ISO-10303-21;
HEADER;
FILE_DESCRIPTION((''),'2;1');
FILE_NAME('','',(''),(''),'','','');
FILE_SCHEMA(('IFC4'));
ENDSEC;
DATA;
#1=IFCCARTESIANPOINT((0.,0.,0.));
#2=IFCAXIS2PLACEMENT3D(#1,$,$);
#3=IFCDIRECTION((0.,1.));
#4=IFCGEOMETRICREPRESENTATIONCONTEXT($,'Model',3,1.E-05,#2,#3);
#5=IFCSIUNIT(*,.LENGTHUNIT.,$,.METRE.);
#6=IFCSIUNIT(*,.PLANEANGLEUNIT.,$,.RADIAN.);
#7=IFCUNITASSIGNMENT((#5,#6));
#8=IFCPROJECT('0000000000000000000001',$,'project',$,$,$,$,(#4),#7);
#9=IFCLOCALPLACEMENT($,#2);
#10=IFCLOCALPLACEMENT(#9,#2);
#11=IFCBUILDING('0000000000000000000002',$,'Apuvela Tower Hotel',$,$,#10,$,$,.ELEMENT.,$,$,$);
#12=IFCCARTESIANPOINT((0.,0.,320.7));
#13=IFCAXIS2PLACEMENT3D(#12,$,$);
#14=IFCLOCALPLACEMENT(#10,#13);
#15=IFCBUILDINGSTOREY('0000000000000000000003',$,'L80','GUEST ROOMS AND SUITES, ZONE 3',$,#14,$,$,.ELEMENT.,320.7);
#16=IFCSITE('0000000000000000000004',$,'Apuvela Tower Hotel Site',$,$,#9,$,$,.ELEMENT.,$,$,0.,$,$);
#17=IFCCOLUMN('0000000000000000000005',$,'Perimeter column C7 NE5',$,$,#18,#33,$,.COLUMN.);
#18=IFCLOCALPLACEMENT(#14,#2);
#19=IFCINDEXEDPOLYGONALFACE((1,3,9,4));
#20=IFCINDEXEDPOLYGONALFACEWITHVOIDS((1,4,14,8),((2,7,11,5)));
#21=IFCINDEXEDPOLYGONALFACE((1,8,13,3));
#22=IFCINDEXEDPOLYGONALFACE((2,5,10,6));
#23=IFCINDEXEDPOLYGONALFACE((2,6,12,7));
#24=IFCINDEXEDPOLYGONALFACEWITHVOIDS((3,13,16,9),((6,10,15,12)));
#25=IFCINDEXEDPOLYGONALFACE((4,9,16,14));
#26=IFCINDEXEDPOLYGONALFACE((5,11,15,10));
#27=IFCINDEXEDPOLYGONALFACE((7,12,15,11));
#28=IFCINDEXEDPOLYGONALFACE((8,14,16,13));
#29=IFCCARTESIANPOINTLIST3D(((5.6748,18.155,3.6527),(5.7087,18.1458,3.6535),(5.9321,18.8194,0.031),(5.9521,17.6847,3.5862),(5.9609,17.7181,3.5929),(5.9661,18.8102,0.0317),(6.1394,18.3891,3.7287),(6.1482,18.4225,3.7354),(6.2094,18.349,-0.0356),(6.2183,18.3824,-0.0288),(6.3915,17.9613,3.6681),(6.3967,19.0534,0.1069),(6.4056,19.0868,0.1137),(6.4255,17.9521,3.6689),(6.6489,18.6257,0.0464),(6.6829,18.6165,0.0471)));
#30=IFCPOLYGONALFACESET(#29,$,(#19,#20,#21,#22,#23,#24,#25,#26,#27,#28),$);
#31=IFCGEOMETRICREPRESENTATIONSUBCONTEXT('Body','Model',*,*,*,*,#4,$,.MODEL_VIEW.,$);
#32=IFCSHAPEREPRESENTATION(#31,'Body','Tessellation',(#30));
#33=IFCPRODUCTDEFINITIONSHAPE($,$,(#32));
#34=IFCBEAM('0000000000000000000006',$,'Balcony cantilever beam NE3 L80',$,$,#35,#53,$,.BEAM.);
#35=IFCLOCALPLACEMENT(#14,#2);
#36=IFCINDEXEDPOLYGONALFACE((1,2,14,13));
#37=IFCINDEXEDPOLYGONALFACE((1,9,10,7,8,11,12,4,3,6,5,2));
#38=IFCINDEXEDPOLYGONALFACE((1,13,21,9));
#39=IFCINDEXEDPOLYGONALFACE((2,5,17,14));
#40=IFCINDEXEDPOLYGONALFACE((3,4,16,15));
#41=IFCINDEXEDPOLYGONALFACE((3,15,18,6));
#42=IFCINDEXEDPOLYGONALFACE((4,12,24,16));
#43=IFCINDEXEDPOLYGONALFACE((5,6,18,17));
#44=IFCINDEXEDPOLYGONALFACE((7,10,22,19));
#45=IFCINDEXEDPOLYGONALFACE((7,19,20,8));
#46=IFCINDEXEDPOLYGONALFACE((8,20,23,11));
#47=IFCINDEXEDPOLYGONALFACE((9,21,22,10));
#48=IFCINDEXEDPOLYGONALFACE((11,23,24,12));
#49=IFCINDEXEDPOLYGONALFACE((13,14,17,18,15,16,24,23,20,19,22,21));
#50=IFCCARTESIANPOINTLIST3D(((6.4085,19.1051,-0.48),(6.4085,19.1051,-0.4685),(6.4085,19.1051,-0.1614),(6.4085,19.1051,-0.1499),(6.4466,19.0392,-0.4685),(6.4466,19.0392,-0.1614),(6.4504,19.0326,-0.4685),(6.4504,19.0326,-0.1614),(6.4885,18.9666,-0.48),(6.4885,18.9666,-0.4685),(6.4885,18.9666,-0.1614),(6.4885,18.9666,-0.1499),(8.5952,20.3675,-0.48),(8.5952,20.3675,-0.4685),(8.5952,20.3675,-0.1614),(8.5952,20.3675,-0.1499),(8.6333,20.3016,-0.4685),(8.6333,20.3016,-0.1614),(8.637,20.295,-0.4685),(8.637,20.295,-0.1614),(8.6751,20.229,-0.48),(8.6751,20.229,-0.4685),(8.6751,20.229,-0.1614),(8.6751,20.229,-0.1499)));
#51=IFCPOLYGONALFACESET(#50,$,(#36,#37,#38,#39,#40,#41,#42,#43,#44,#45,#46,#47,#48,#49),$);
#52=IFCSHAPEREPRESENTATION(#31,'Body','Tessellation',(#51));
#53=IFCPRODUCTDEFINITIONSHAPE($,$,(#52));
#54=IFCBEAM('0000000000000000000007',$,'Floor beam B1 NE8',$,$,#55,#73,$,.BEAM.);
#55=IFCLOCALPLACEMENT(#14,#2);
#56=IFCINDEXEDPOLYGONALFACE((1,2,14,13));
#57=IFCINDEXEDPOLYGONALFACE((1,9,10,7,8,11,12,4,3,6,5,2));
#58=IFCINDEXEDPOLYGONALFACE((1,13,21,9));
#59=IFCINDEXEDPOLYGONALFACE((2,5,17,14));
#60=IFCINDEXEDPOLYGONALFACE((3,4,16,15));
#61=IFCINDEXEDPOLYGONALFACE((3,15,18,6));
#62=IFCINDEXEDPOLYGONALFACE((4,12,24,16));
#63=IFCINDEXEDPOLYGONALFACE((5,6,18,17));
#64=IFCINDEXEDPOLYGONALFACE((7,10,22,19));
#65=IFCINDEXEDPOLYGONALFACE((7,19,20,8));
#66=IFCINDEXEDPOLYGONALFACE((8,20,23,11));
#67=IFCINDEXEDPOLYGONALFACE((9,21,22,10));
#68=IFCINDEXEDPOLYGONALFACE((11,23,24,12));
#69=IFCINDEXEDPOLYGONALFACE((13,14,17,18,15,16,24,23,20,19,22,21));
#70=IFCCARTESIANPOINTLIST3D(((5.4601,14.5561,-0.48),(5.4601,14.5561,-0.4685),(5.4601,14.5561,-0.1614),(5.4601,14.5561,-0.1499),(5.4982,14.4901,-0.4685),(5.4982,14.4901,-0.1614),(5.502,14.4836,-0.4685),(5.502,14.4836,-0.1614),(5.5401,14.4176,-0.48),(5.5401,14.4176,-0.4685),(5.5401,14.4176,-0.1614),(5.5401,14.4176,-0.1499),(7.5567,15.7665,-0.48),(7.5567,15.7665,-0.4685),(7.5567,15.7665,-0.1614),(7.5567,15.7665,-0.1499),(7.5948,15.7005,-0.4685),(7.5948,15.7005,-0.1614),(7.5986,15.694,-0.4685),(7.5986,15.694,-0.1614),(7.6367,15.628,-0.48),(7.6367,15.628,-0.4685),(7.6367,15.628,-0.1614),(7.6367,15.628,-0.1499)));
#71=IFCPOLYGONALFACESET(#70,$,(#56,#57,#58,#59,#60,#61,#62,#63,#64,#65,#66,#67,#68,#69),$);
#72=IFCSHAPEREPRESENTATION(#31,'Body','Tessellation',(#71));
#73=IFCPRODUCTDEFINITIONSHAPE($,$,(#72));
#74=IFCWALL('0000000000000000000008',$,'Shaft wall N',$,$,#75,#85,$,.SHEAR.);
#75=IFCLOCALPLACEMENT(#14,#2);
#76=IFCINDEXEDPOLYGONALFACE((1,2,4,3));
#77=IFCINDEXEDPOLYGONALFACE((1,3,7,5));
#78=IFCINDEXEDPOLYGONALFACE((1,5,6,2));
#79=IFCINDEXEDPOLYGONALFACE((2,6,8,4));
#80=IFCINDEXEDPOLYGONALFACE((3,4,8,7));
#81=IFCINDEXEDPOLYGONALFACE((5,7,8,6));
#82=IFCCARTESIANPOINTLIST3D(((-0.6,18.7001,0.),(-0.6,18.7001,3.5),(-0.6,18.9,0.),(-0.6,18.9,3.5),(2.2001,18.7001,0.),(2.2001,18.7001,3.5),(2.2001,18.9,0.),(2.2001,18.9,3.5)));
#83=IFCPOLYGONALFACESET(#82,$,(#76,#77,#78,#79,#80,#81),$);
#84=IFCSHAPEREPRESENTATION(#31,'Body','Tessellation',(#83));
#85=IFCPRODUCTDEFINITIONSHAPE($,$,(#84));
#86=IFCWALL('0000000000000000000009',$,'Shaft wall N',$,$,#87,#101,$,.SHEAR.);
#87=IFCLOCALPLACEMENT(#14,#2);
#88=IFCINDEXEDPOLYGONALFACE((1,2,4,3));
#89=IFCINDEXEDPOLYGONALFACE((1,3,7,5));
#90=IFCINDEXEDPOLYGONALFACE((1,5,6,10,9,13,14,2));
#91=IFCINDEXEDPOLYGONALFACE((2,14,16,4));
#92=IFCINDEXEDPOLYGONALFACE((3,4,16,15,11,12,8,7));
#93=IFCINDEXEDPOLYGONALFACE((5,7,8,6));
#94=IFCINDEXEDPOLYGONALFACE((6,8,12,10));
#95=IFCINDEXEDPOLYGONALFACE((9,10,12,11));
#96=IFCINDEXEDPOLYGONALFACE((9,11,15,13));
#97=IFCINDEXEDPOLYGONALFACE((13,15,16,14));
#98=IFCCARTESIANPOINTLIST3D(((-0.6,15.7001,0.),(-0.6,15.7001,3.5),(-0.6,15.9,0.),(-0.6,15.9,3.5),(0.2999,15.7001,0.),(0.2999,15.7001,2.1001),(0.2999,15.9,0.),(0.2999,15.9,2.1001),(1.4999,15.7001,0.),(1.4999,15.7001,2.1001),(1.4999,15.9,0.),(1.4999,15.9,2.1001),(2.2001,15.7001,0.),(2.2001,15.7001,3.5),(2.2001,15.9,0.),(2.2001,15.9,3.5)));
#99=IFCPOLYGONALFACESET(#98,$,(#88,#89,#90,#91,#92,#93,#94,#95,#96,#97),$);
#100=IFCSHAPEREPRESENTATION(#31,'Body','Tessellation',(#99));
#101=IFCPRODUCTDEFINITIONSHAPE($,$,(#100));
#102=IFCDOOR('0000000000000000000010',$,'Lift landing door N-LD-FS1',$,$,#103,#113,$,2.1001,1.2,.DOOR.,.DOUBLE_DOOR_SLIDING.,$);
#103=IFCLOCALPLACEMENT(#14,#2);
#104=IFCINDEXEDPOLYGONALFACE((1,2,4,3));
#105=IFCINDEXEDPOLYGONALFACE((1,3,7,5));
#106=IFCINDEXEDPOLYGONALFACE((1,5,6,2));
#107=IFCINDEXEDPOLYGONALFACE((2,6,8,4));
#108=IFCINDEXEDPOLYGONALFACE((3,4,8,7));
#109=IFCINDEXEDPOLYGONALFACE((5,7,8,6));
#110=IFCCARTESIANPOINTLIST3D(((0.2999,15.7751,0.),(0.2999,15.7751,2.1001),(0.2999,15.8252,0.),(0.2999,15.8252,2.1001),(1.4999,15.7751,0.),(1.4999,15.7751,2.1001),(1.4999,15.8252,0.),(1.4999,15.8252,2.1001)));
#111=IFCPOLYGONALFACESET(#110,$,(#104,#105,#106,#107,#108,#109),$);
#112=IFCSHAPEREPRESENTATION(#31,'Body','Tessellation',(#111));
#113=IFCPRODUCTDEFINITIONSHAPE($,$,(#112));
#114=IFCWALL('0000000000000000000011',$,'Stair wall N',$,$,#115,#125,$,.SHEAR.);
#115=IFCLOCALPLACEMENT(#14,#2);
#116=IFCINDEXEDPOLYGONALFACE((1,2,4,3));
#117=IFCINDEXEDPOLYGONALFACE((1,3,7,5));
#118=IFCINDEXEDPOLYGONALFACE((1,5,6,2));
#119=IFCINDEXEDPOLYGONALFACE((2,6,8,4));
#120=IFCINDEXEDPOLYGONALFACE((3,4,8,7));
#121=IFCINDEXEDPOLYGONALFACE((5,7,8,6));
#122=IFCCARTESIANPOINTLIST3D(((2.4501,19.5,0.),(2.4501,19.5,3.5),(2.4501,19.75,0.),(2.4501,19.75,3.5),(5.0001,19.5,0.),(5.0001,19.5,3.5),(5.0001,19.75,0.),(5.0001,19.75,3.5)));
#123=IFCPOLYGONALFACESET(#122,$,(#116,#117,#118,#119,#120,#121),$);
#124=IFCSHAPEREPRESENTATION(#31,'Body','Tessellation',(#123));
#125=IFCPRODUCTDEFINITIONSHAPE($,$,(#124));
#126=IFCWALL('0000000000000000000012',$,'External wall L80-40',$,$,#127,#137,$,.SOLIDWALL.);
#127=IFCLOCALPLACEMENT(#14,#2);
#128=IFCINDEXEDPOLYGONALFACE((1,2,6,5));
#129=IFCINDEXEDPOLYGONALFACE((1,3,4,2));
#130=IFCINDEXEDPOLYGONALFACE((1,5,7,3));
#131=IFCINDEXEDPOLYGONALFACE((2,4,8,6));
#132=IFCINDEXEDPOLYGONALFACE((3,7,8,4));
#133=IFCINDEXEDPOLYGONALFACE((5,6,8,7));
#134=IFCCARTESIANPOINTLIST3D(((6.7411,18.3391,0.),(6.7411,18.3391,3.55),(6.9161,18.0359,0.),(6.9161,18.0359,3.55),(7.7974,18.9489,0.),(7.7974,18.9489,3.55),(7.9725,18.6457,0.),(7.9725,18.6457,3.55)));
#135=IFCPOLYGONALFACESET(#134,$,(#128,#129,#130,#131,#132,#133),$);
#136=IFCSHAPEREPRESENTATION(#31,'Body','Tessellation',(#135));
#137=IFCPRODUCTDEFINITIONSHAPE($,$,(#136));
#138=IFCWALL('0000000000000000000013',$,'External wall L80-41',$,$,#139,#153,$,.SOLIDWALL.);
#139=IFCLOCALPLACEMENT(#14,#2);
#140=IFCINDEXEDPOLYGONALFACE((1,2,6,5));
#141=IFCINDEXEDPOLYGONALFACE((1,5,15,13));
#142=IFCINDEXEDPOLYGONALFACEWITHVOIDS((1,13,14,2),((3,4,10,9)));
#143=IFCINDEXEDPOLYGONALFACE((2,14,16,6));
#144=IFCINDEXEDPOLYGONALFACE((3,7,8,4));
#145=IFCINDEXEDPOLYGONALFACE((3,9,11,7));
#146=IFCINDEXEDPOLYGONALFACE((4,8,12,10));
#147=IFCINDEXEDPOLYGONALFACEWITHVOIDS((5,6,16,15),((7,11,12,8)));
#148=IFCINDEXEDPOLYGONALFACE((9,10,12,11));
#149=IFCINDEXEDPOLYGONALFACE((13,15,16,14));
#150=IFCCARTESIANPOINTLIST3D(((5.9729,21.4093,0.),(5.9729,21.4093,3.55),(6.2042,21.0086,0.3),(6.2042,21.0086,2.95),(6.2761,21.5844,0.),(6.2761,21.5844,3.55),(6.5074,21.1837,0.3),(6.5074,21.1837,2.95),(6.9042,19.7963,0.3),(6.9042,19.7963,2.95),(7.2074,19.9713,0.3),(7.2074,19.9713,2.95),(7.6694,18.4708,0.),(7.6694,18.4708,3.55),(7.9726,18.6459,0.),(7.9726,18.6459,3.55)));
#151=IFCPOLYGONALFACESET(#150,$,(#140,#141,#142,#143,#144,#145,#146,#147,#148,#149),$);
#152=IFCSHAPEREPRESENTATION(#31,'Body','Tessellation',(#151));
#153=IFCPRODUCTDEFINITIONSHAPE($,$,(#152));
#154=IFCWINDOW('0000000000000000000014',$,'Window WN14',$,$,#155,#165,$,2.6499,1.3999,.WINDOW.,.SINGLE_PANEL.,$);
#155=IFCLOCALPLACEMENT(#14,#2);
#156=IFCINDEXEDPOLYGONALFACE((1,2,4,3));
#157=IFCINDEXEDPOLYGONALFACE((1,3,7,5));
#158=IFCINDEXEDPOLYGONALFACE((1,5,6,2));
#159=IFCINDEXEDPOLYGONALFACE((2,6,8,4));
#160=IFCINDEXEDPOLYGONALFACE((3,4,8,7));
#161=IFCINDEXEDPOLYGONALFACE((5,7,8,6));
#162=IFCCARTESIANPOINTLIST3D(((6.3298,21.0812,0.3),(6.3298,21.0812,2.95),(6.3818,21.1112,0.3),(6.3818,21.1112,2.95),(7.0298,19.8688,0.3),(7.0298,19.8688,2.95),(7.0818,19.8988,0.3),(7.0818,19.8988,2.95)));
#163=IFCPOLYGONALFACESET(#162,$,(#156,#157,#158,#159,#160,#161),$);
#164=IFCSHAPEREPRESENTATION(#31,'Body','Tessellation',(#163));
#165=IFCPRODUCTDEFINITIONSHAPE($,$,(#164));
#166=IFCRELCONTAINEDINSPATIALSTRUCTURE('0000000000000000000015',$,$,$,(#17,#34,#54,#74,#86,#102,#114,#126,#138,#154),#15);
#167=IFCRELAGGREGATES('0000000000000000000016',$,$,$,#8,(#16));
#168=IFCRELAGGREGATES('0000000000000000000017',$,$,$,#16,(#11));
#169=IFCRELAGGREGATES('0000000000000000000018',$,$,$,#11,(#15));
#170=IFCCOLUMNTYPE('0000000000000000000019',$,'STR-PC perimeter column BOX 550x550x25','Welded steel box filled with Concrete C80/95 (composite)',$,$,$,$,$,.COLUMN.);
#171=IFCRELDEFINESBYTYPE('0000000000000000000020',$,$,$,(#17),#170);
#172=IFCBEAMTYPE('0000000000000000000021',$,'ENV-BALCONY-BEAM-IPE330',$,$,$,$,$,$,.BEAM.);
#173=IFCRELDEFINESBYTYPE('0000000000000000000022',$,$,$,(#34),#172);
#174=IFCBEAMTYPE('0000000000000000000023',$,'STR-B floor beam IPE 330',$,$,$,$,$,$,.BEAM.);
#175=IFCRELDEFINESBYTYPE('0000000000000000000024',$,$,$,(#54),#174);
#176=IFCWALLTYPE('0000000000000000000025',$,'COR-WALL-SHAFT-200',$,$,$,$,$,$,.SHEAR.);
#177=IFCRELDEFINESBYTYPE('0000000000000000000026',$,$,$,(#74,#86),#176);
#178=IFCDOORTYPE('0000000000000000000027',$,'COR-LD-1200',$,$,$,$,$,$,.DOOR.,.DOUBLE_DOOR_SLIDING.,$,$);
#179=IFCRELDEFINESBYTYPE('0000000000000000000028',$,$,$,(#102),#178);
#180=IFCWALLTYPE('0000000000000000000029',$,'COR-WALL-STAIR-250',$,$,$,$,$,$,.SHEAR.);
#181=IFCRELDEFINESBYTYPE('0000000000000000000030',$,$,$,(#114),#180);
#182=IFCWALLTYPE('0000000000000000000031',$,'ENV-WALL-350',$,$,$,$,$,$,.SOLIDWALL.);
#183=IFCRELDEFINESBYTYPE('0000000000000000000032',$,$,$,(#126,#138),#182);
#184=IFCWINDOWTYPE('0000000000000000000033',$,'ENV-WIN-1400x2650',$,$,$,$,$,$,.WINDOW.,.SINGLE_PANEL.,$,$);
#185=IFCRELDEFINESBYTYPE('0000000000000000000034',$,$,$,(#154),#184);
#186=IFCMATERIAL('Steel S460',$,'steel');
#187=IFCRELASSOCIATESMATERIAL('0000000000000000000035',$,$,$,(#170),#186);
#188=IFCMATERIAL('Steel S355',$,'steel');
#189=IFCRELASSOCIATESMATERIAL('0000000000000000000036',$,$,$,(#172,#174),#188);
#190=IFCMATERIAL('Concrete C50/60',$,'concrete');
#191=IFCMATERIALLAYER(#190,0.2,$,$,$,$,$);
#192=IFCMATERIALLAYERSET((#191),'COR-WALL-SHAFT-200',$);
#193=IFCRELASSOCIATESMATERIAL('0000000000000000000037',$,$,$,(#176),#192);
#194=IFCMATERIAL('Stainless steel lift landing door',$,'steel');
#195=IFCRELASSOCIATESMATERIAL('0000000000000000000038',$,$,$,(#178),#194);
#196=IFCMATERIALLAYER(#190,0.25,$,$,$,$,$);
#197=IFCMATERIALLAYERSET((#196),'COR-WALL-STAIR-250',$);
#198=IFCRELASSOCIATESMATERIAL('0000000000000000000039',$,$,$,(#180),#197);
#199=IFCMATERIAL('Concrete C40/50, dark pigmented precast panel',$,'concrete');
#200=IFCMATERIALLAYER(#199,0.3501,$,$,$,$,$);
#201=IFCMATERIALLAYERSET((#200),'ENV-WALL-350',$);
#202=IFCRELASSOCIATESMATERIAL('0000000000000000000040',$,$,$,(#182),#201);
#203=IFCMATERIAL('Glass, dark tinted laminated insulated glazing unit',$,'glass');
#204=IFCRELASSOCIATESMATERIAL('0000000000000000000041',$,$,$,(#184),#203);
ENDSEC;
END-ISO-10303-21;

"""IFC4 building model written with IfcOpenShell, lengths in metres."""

from ifc_helpers import new_model, si_unit, direction, frame, frame_2d, origin, origin_2d, place, context, subcontext, project, spatial, rectangle, hollow_rectangle, i_section, extrude, boolean, halfspace, material, layer, layer_set, material_profile, profile_set, type_object, element, fill, save


model = new_model("IFC4")

# Units and contexts
model_context = context("Model", 3, precision=1e-05, world=origin(), true_north=direction((0.0, 1.0)))
body_context = subcontext(model_context, "Body", "Model", "MODEL_VIEW")
ifc_project = project(units=[si_unit("LENGTHUNIT", "METRE"), si_unit("PLANEANGLEUNIT", "RADIAN")], contexts=[model_context])

# Site, building, storey
site_placement = place(None, origin())
site = spatial("IfcSite", under=ifc_project, at=site_placement, Name="Apuvela Tower Hotel Site", CompositionType="ELEMENT", RefElevation=0.0)
building_placement = place(site_placement, origin())
building = spatial("IfcBuilding", under=site, at=building_placement, Name="Apuvela Tower Hotel", CompositionType="ELEMENT")
storey_placement = place(building_placement, frame((0.0, 0.0, 320.7)))
storey = spatial("IfcBuildingStorey", under=building, at=storey_placement, Name="L80", Description="GUEST ROOMS AND SUITES, ZONE 3", CompositionType="ELEMENT", Elevation=320.7)

# Column
ifc_material_1 = material(Name="Steel S460", Category="steel")
ifc_material_profile_1 = material_profile(ifc_material_1, hollow_rectangle(XDim=0.55, YDim=0.55, WallThickness=0.0249, at=origin_2d()), Name="BOX 550x550x25")
ifc_material_2 = material(Name="Concrete C80/95", Category="concrete")
ifc_material_profile_2 = material_profile(ifc_material_2, rectangle(XDim=0.5, YDim=0.5, at=origin_2d()), Name="Concrete C80/95 infill")
ifc_profile_set_1 = profile_set([ifc_material_profile_1, ifc_material_profile_2], Name="Steel S460")
column_type = type_object("IfcColumnType", Name="STR-PC perimeter column BOX 550x550x25", Description="Welded steel box filled with Concrete C80/95 (composite)", PredefinedType="COLUMN", material=ifc_profile_set_1)
column_placement = place(storey_placement, frame((6.3103, 18.7251, 0.0), z_axis=(-0.069729, -0.179988, 0.981194), x_axis=(-0.504141, 0.855099, 0.12103)))
element("IfcColumn", 1, at=column_placement, inside=storey, type_object=column_type, Name="Perimeter column C7 NE5", PredefinedType="COLUMN", context=body_context, shape_type="SweptSolid", body=[
    boolean("DIFFERENCE", boolean("DIFFERENCE", extrude(hollow_rectangle(XDim=0.55, YDim=0.55, WallThickness=0.0249, at=origin_2d()), origin(), (0.0, 0.0, 1.0), 3.7708), halfspace(frame((0.0, 0.0, 0.0398), z_axis=(0.0, 0.0, 1.0), x_axis=(1.0, 0.0, 0.0)), True)), halfspace(frame((0.0, 0.0, 3.731), z_axis=(0.0, 0.0, 1.0), x_axis=(1.0, 0.0, 0.0)), False)),
])

# Beams
ifc_material_3 = material(Name="Steel S355", Category="steel")
ifc_material_profile_3 = material_profile(ifc_material_3, i_section(OverallWidth=0.1599, OverallDepth=0.3301, WebThickness=0.0076, FlangeThickness=0.0115, at=origin_2d()), Name="IPE 330")
ifc_profile_set_2 = profile_set([ifc_material_profile_3], Name="Steel S355")
beam_type_1 = type_object("IfcBeamType", Name="ENV-BALCONY-BEAM-IPE330", PredefinedType="BEAM", material=ifc_profile_set_2)
beam_1_placement = place(storey_placement, frame((6.4485, 19.0359, -0.3149), z_axis=(0.866039, 0.499976, 0.0), x_axis=(-0.499976, 0.866039, 0.0)))
element("IfcBeam", 2, at=beam_1_placement, inside=storey, type_object=beam_type_1, Name="Balcony cantilever beam NE3 L80", PredefinedType="BEAM", context=body_context, shape_type="SweptSolid", body=[
    extrude(i_section(OverallWidth=0.1599, OverallDepth=0.3301, WebThickness=0.0076, FlangeThickness=0.0115, at=origin_2d()), origin(), (0.0, 0.0, 1.0), 2.5249),
])
ifc_material_profile_4 = material_profile(ifc_material_3, i_section(OverallWidth=0.1599, OverallDepth=0.3301, WebThickness=0.0076, FlangeThickness=0.0115, at=origin_2d()), Name="IPE 330")
ifc_profile_set_3 = profile_set([ifc_material_profile_4], Name="Steel S355")
beam_type_2 = type_object("IfcBeamType", Name="STR-B floor beam IPE 330", PredefinedType="BEAM", material=ifc_profile_set_3)
beam_2_placement = place(storey_placement, frame((7.5967, 15.6973, -0.3149), z_axis=(-0.866038, -0.499979, 0.0), x_axis=(0.499979, -0.866038, 0.0)))
element("IfcBeam", 3, at=beam_2_placement, inside=storey, type_object=beam_type_2, Name="Floor beam B1 NE8", PredefinedType="BEAM", context=body_context, shape_type="SweptSolid", body=[
    extrude(i_section(OverallWidth=0.1599, OverallDepth=0.3301, WebThickness=0.0076, FlangeThickness=0.0115, at=origin_2d()), origin(), (0.0, 0.0, 1.0), 2.4209),
])

# Wall
ifc_material_4 = material(Name="Concrete C50/60", Category="concrete")
ifc_layer_1 = layer(ifc_material_4, 0.2)
ifc_layer_set_1 = layer_set([ifc_layer_1], Name="COR-WALL-SHAFT-200")
wall_type_1 = type_object("IfcWallType", Name="COR-WALL-SHAFT-200", PredefinedType="SHEAR", material=ifc_layer_set_1)
wall_1_placement = place(storey_placement, frame((2.2, 18.8, 0.0), z_axis=(0.0, 0.0, 1.0), x_axis=(-1.0, 0.0, 0.0)))
element("IfcWall", 4, at=wall_1_placement, inside=storey, type_object=wall_type_1, Name="Shaft wall N", PredefinedType="SHEAR", context=body_context, shape_type="SweptSolid", body=[
    extrude(rectangle(XDim=2.8, YDim=0.2, at=frame_2d((1.3999, 0.0))), origin(), (0.0, 0.0, 1.0), 3.5),
])

# Wall, opening, door
wall_2_placement = place(storey_placement, frame((2.2, 15.8, 0.0), z_axis=(0.0, 0.0, 1.0), x_axis=(-1.0, 0.0, 0.0)))
wall_2 = element("IfcWall", 5, at=wall_2_placement, inside=storey, type_object=wall_type_1, Name="Shaft wall N", PredefinedType="SHEAR", context=body_context, shape_type="SweptSolid", body=[
    extrude(rectangle(XDim=2.8, YDim=0.2, at=frame_2d((1.3999, 0.0))), origin(), (0.0, 0.0, 1.0), 3.5),
])
opening_1_placement = place(wall_2_placement, frame((0.7, 0.0, 0.0)))
opening_1 = element("IfcOpeningElement", 6, at=opening_1_placement, cuts=wall_2, PredefinedType="OPENING", context=body_context, shape_type="SweptSolid", body=[
    extrude(rectangle(XDim=1.2, YDim=2.1001, at=frame_2d((0.6001, 1.05))), frame((0.0, 0.1099, 0.0), z_axis=(0.0, -1.0, 0.0), x_axis=(1.0, 0.0, 0.0)), (0.0, 0.0, 1.0), 0.22),
])
ifc_material_5 = material(Name="Stainless steel lift landing door", Category="steel")
door_type = type_object("IfcDoorType", Name="COR-LD-1200", OperationType="DOUBLE_DOOR_SLIDING", PredefinedType="DOOR", material=ifc_material_5)
door_placement = place(opening_1_placement, origin())
door = element("IfcDoor", 7, at=door_placement, inside=storey, type_object=door_type, Name="Lift landing door N-LD-FS1", OperationType="DOUBLE_DOOR_SLIDING", OverallHeight=2.1001, OverallWidth=1.2, PredefinedType="DOOR", context=body_context, shape_type="SweptSolid", body=[
    extrude(rectangle(XDim=1.2, YDim=2.1001, at=frame_2d((0.6001, 1.05))), frame((0.0, 0.0249, 0.0), z_axis=(0.0, -1.0, 0.0), x_axis=(1.0, 0.0, 0.0)), (0.0, 0.0, 1.0), 0.05),
])
fill(opening_1, door)

# Walls
ifc_layer_2 = layer(ifc_material_4, 0.25)
ifc_layer_set_2 = layer_set([ifc_layer_2], Name="COR-WALL-STAIR-250")
wall_type_2 = type_object("IfcWallType", Name="COR-WALL-STAIR-250", PredefinedType="SHEAR", material=ifc_layer_set_2)
wall_3_placement = place(storey_placement, frame((5.0, 19.625, 0.0), z_axis=(0.0, 0.0, 1.0), x_axis=(-1.0, 0.0, 0.0)))
element("IfcWall", 8, at=wall_3_placement, inside=storey, type_object=wall_type_2, Name="Stair wall N", PredefinedType="SHEAR", context=body_context, shape_type="SweptSolid", body=[
    extrude(rectangle(XDim=2.55, YDim=0.25, at=frame_2d((1.2749, 0.0))), origin(), (0.0, 0.0, 1.0), 3.5),
])
ifc_material_6 = material(Name="Concrete C40/50, dark pigmented precast panel", Category="concrete")
ifc_layer_3 = layer(ifc_material_6, 0.3501)
ifc_layer_set_3 = layer_set([ifc_layer_3], Name="ENV-WALL-350")
wall_type_3 = type_object("IfcWallType", Name="ENV-WALL-350", PredefinedType="SOLIDWALL", material=ifc_layer_set_3)
wall_4_placement = place(storey_placement, frame((6.8286, 18.1875, 0.0), z_axis=(0.0, 0.0, 1.0), x_axis=(0.866042, 0.499971, 0.0)))
element("IfcWall", 9, at=wall_4_placement, inside=storey, type_object=wall_type_3, Name="External wall L80-40", PredefinedType="SOLIDWALL", context=body_context, shape_type="SweptSolid", body=[
    extrude(rectangle(XDim=1.2197, YDim=0.3501, at=frame_2d((0.6099, 0.0))), origin(), (0.0, 0.0, 1.0), 3.55),
])

# Wall, opening, window
wall_5_placement = place(storey_placement, frame((7.821, 18.5583, 0.0), z_axis=(0.0, 0.0, 1.0), x_axis=(-0.500001, 0.866025, 0.0)))
wall_5 = element("IfcWall", 10, at=wall_5_placement, inside=storey, type_object=wall_type_3, Name="External wall L80-41", PredefinedType="SOLIDWALL", context=body_context, shape_type="SweptSolid", body=[
    extrude(rectangle(XDim=3.3931, YDim=0.3501, at=frame_2d((1.6965, 0.0))), origin(), (0.0, 0.0, 1.0), 3.55),
])
opening_2_placement = place(wall_5_placement, frame((1.5305, 0.0, 0.3)))
opening_2 = element("IfcOpeningElement", 11, at=opening_2_placement, cuts=wall_5, PredefinedType="OPENING", context=body_context, shape_type="SweptSolid", body=[
    extrude(rectangle(XDim=1.3999, YDim=2.6499, at=frame_2d((0.7, 1.325))), frame((0.0, 0.1851, 0.0), z_axis=(0.0, -1.0, 0.0), x_axis=(1.0, 0.0, 0.0)), (0.0, 0.0, 1.0), 0.3701),
])
ifc_material_7 = material(Name="Glass, dark tinted laminated insulated glazing unit", Category="glass")
window_type = type_object("IfcWindowType", Name="ENV-WIN-1400x2650", PartitioningType="SINGLE_PANEL", PredefinedType="WINDOW", material=ifc_material_7)
window_placement = place(opening_2_placement, origin())
window = element("IfcWindow", 12, at=window_placement, inside=storey, type_object=window_type, Name="Window WN14", OverallHeight=2.6499, OverallWidth=1.3999, PartitioningType="SINGLE_PANEL", PredefinedType="WINDOW", context=body_context, shape_type="SweptSolid", body=[
    extrude(rectangle(XDim=1.3999, YDim=2.6499, at=frame_2d((0.7, 1.325))), frame((0.0, 0.03, 0.0), z_axis=(0.0, -1.0, 0.0), x_axis=(1.0, 0.0, 0.0)), (0.0, 0.0, 1.0), 0.0601),
])
fill(opening_2, window)

save(model, "model.ifc")
